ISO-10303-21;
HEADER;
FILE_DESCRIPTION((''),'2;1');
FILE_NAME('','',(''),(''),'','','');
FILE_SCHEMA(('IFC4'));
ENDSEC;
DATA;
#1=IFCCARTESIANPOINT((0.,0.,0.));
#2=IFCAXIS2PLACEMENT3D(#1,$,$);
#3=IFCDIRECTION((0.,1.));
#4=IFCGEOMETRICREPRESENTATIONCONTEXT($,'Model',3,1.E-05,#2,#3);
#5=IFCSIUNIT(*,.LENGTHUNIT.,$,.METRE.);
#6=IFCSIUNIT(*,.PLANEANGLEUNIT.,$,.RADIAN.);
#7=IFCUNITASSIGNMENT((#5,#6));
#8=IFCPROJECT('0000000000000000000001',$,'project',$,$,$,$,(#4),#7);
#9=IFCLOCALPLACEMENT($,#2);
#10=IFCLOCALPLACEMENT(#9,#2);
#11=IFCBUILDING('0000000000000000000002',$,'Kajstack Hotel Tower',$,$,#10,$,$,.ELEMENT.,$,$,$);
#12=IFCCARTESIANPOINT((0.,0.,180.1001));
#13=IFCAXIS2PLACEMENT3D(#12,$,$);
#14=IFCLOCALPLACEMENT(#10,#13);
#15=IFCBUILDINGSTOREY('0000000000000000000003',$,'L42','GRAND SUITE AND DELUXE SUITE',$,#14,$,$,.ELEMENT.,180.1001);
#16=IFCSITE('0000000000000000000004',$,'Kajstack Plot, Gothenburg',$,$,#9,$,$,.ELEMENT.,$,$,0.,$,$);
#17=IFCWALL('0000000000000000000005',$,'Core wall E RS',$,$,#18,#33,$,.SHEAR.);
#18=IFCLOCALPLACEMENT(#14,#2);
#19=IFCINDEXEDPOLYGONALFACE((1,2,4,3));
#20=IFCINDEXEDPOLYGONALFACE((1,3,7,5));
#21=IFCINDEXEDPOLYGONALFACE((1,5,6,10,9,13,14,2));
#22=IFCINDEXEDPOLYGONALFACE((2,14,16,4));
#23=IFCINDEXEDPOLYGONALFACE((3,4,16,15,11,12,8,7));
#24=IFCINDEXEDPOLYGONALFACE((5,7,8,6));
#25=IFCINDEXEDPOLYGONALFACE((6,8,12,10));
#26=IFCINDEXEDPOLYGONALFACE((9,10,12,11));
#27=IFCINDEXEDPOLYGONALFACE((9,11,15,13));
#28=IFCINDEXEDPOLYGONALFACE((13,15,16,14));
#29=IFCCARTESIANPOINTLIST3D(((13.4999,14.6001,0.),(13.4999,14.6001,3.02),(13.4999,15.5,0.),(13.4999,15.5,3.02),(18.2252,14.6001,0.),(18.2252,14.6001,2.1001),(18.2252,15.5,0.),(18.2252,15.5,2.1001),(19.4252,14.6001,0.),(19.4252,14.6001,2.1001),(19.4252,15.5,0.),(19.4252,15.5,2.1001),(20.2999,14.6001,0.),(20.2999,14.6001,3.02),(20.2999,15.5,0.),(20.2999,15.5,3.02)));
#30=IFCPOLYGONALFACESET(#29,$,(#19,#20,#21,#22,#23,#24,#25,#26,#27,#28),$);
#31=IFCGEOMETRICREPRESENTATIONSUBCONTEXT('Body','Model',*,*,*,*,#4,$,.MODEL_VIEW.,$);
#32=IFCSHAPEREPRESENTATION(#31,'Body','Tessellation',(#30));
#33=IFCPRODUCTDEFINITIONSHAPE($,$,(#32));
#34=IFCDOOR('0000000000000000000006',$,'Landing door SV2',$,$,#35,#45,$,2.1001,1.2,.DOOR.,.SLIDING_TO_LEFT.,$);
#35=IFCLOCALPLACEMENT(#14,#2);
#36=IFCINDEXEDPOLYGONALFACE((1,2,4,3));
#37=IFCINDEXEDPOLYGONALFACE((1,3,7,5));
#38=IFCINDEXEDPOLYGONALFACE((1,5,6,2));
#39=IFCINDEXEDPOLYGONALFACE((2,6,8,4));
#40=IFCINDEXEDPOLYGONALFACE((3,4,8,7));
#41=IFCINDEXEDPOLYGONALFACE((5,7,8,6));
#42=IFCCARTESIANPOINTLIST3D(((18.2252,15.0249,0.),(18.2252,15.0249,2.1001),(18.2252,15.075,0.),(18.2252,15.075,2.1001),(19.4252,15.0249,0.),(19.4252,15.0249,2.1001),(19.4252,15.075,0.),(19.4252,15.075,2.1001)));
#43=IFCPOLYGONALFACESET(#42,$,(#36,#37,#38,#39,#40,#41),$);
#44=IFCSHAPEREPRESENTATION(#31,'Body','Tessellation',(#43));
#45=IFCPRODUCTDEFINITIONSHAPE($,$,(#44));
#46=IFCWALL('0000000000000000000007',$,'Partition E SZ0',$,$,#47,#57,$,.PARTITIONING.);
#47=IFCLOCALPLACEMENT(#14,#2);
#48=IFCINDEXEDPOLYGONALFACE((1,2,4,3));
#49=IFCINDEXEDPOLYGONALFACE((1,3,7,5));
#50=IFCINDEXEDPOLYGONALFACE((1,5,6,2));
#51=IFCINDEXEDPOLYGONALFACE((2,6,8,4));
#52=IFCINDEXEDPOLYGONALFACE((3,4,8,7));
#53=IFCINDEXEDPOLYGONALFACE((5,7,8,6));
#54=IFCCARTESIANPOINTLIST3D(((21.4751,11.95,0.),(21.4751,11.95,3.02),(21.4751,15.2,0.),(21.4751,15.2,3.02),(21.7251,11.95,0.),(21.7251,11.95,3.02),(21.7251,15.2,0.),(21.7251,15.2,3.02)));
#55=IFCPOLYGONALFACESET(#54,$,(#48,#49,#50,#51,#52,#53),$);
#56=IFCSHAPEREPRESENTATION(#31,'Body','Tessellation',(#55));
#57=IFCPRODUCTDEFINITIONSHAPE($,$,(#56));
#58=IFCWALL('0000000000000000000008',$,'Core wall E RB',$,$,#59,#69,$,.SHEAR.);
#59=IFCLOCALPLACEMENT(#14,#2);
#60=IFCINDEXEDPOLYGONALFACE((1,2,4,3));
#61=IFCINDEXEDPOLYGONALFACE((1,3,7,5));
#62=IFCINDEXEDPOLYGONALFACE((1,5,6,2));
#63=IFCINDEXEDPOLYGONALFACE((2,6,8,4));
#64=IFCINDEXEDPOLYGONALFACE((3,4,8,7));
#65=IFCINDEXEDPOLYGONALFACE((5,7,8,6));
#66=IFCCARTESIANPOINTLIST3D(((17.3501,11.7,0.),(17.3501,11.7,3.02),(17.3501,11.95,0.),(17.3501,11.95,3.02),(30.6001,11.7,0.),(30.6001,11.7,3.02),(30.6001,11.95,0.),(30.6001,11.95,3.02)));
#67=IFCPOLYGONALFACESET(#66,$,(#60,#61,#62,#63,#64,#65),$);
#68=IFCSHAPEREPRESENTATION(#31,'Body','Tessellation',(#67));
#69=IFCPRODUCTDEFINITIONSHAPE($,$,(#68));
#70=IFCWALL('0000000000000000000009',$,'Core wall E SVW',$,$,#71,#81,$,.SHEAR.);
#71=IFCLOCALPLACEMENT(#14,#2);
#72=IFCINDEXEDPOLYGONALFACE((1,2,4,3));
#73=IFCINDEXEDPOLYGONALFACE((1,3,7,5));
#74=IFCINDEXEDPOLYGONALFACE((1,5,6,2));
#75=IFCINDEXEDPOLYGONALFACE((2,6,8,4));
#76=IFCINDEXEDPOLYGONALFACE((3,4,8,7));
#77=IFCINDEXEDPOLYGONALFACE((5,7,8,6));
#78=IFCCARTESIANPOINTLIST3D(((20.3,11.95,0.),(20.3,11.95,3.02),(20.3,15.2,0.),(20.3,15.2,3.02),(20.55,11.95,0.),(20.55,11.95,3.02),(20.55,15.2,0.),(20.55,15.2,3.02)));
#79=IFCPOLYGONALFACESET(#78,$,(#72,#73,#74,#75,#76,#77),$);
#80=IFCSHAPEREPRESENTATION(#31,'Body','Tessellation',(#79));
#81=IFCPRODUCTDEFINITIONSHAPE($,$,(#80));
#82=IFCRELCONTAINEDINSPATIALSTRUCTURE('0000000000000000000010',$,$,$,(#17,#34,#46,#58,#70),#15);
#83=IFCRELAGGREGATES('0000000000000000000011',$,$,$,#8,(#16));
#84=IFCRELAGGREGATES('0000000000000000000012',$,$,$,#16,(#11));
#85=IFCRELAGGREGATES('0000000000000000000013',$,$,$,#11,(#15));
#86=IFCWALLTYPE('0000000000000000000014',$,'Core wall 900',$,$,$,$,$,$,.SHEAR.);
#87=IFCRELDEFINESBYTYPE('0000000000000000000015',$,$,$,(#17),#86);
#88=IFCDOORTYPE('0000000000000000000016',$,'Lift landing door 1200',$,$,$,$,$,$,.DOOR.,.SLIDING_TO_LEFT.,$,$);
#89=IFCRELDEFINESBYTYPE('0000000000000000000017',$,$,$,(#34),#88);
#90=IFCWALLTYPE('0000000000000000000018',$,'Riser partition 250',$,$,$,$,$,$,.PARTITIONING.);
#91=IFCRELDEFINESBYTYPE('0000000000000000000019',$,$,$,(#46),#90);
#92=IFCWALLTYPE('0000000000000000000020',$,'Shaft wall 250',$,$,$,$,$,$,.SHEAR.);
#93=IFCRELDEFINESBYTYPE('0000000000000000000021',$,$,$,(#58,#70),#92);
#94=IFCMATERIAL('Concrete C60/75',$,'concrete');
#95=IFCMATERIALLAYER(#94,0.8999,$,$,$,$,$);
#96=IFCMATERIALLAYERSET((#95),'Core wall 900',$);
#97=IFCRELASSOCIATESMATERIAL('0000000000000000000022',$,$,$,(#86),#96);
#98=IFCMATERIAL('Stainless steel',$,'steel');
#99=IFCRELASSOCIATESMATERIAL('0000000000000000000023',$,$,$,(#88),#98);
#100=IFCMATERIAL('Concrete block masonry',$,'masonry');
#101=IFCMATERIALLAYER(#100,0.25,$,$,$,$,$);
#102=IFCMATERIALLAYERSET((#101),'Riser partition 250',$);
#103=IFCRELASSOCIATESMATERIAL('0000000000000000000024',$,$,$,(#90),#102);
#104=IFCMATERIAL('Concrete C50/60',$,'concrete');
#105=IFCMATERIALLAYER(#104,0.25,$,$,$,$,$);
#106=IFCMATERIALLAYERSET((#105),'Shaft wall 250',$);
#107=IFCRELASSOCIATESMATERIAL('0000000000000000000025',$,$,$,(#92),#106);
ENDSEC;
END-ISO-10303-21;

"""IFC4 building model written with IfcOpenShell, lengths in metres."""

from ifc_helpers import new_model, si_unit, direction, frame, frame_2d, origin, place, context, subcontext, project, spatial, rectangle, extrude, material, layer, layer_set, type_object, element, fill, save


model = new_model("IFC4")

# Units and contexts
model_context = context("Model", 3, precision=1e-05, world=origin(), true_north=direction((0.0, 1.0)))
body_context = subcontext(model_context, "Body", "Model", "MODEL_VIEW")
ifc_project = project(units=[si_unit("LENGTHUNIT", "METRE"), si_unit("PLANEANGLEUNIT", "RADIAN")], contexts=[model_context])

# Site, building, storey
site_placement = place(None, origin())
site = spatial("IfcSite", under=ifc_project, at=site_placement, Name="Kajstack Plot, Gothenburg", CompositionType="ELEMENT", RefElevation=0.0)
building_placement = place(site_placement, origin())
building = spatial("IfcBuilding", under=site, at=building_placement, Name="Kajstack Hotel Tower", CompositionType="ELEMENT")
storey_placement = place(building_placement, frame((0.0, 0.0, 180.1001)))
storey = spatial("IfcBuildingStorey", under=building, at=storey_placement, Name="L42", Description="GRAND SUITE AND DELUXE SUITE", CompositionType="ELEMENT", Elevation=180.1001)

# Wall, opening, door
ifc_material_1 = material(Name="Concrete C60/75", Category="concrete")
ifc_layer_1 = layer(ifc_material_1, 0.8999)
ifc_layer_set_1 = layer_set([ifc_layer_1], Name="Core wall 900")
wall_type_1 = type_object("IfcWallType", Name="Core wall 900", PredefinedType="SHEAR", material=ifc_layer_set_1)
wall_1_placement = place(storey_placement, frame((13.5, 15.05, 0.0), z_axis=(0.0, 0.0, 1.0), x_axis=(1.0, 0.0, 0.0)))
wall_1 = element("IfcWall", 1, at=wall_1_placement, inside=storey, type_object=wall_type_1, Name="Core wall E RS", PredefinedType="SHEAR", context=body_context, shape_type="SweptSolid", body=[
    extrude(rectangle(XDim=6.8, YDim=0.8999, at=frame_2d((3.3999, 0.0))), origin(), (0.0, 0.0, 1.0), 3.02),
])
opening_placement = place(wall_1_placement, frame((4.7251, 0.0, 0.0)))
opening = element("IfcOpeningElement", 2, at=opening_placement, cuts=wall_1, PredefinedType="OPENING", context=body_context, shape_type="SweptSolid", body=[
    extrude(rectangle(XDim=1.2, YDim=2.1001, at=frame_2d((0.6001, 1.05))), frame((0.0, 0.46, 0.0), z_axis=(0.0, -1.0, 0.0), x_axis=(1.0, 0.0, 0.0)), (0.0, 0.0, 1.0), 0.9199),
])
ifc_material_2 = material(Name="Stainless steel", Category="steel")
door_type = type_object("IfcDoorType", Name="Lift landing door 1200", OperationType="SLIDING_TO_LEFT", PredefinedType="DOOR", material=ifc_material_2)
door_placement = place(opening_placement, origin())
door = element("IfcDoor", 3, at=door_placement, inside=storey, type_object=door_type, Name="Landing door SV2", OperationType="SLIDING_TO_LEFT", OverallHeight=2.1001, OverallWidth=1.2, PredefinedType="DOOR", context=body_context, shape_type="SweptSolid", body=[
    extrude(rectangle(XDim=1.2, YDim=2.1001, at=frame_2d((0.6001, 1.05))), frame((0.0, 0.0249, 0.0), z_axis=(0.0, -1.0, 0.0), x_axis=(1.0, 0.0, 0.0)), (0.0, 0.0, 1.0), 0.05),
])
fill(opening, door)

# Walls
ifc_material_3 = material(Name="Concrete block masonry", Category="masonry")
ifc_layer_2 = layer(ifc_material_3, 0.25)
ifc_layer_set_2 = layer_set([ifc_layer_2], Name="Riser partition 250")
wall_type_2 = type_object("IfcWallType", Name="Riser partition 250", PredefinedType="PARTITIONING", material=ifc_layer_set_2)
wall_2_placement = place(storey_placement, frame((21.6001, 11.95, 0.0), z_axis=(0.0, 0.0, 1.0), x_axis=(0.0, 1.0, 0.0)))
element("IfcWall", 4, at=wall_2_placement, inside=storey, type_object=wall_type_2, Name="Partition E SZ0", PredefinedType="PARTITIONING", context=body_context, shape_type="SweptSolid", body=[
    extrude(rectangle(XDim=3.25, YDim=0.25, at=frame_2d((1.625, 0.0))), origin(), (0.0, 0.0, 1.0), 3.02),
])
ifc_material_4 = material(Name="Concrete C50/60", Category="concrete")
ifc_layer_3 = layer(ifc_material_4, 0.25)
ifc_layer_set_3 = layer_set([ifc_layer_3], Name="Shaft wall 250")
wall_type_3 = type_object("IfcWallType", Name="Shaft wall 250", PredefinedType="SHEAR", material=ifc_layer_set_3)
wall_3_placement = place(storey_placement, frame((17.3501, 11.825, 0.0), z_axis=(0.0, 0.0, 1.0), x_axis=(1.0, 0.0, 0.0)))
element("IfcWall", 5, at=wall_3_placement, inside=storey, type_object=wall_type_3, Name="Core wall E RB", PredefinedType="SHEAR", context=body_context, shape_type="SweptSolid", body=[
    extrude(rectangle(XDim=13.25, YDim=0.25, at=frame_2d((6.625, 0.0))), origin(), (0.0, 0.0, 1.0), 3.02),
])
wall_4_placement = place(storey_placement, frame((20.425, 11.95, 0.0), z_axis=(0.0, 0.0, 1.0), x_axis=(0.0, 1.0, 0.0)))
element("IfcWall", 6, at=wall_4_placement, inside=storey, type_object=wall_type_3, Name="Core wall E SVW", PredefinedType="SHEAR", context=body_context, shape_type="SweptSolid", body=[
    extrude(rectangle(XDim=3.25, YDim=0.25, at=frame_2d((1.625, 0.0))), origin(), (0.0, 0.0, 1.0), 3.02),
])

save(model, "model.ifc")
